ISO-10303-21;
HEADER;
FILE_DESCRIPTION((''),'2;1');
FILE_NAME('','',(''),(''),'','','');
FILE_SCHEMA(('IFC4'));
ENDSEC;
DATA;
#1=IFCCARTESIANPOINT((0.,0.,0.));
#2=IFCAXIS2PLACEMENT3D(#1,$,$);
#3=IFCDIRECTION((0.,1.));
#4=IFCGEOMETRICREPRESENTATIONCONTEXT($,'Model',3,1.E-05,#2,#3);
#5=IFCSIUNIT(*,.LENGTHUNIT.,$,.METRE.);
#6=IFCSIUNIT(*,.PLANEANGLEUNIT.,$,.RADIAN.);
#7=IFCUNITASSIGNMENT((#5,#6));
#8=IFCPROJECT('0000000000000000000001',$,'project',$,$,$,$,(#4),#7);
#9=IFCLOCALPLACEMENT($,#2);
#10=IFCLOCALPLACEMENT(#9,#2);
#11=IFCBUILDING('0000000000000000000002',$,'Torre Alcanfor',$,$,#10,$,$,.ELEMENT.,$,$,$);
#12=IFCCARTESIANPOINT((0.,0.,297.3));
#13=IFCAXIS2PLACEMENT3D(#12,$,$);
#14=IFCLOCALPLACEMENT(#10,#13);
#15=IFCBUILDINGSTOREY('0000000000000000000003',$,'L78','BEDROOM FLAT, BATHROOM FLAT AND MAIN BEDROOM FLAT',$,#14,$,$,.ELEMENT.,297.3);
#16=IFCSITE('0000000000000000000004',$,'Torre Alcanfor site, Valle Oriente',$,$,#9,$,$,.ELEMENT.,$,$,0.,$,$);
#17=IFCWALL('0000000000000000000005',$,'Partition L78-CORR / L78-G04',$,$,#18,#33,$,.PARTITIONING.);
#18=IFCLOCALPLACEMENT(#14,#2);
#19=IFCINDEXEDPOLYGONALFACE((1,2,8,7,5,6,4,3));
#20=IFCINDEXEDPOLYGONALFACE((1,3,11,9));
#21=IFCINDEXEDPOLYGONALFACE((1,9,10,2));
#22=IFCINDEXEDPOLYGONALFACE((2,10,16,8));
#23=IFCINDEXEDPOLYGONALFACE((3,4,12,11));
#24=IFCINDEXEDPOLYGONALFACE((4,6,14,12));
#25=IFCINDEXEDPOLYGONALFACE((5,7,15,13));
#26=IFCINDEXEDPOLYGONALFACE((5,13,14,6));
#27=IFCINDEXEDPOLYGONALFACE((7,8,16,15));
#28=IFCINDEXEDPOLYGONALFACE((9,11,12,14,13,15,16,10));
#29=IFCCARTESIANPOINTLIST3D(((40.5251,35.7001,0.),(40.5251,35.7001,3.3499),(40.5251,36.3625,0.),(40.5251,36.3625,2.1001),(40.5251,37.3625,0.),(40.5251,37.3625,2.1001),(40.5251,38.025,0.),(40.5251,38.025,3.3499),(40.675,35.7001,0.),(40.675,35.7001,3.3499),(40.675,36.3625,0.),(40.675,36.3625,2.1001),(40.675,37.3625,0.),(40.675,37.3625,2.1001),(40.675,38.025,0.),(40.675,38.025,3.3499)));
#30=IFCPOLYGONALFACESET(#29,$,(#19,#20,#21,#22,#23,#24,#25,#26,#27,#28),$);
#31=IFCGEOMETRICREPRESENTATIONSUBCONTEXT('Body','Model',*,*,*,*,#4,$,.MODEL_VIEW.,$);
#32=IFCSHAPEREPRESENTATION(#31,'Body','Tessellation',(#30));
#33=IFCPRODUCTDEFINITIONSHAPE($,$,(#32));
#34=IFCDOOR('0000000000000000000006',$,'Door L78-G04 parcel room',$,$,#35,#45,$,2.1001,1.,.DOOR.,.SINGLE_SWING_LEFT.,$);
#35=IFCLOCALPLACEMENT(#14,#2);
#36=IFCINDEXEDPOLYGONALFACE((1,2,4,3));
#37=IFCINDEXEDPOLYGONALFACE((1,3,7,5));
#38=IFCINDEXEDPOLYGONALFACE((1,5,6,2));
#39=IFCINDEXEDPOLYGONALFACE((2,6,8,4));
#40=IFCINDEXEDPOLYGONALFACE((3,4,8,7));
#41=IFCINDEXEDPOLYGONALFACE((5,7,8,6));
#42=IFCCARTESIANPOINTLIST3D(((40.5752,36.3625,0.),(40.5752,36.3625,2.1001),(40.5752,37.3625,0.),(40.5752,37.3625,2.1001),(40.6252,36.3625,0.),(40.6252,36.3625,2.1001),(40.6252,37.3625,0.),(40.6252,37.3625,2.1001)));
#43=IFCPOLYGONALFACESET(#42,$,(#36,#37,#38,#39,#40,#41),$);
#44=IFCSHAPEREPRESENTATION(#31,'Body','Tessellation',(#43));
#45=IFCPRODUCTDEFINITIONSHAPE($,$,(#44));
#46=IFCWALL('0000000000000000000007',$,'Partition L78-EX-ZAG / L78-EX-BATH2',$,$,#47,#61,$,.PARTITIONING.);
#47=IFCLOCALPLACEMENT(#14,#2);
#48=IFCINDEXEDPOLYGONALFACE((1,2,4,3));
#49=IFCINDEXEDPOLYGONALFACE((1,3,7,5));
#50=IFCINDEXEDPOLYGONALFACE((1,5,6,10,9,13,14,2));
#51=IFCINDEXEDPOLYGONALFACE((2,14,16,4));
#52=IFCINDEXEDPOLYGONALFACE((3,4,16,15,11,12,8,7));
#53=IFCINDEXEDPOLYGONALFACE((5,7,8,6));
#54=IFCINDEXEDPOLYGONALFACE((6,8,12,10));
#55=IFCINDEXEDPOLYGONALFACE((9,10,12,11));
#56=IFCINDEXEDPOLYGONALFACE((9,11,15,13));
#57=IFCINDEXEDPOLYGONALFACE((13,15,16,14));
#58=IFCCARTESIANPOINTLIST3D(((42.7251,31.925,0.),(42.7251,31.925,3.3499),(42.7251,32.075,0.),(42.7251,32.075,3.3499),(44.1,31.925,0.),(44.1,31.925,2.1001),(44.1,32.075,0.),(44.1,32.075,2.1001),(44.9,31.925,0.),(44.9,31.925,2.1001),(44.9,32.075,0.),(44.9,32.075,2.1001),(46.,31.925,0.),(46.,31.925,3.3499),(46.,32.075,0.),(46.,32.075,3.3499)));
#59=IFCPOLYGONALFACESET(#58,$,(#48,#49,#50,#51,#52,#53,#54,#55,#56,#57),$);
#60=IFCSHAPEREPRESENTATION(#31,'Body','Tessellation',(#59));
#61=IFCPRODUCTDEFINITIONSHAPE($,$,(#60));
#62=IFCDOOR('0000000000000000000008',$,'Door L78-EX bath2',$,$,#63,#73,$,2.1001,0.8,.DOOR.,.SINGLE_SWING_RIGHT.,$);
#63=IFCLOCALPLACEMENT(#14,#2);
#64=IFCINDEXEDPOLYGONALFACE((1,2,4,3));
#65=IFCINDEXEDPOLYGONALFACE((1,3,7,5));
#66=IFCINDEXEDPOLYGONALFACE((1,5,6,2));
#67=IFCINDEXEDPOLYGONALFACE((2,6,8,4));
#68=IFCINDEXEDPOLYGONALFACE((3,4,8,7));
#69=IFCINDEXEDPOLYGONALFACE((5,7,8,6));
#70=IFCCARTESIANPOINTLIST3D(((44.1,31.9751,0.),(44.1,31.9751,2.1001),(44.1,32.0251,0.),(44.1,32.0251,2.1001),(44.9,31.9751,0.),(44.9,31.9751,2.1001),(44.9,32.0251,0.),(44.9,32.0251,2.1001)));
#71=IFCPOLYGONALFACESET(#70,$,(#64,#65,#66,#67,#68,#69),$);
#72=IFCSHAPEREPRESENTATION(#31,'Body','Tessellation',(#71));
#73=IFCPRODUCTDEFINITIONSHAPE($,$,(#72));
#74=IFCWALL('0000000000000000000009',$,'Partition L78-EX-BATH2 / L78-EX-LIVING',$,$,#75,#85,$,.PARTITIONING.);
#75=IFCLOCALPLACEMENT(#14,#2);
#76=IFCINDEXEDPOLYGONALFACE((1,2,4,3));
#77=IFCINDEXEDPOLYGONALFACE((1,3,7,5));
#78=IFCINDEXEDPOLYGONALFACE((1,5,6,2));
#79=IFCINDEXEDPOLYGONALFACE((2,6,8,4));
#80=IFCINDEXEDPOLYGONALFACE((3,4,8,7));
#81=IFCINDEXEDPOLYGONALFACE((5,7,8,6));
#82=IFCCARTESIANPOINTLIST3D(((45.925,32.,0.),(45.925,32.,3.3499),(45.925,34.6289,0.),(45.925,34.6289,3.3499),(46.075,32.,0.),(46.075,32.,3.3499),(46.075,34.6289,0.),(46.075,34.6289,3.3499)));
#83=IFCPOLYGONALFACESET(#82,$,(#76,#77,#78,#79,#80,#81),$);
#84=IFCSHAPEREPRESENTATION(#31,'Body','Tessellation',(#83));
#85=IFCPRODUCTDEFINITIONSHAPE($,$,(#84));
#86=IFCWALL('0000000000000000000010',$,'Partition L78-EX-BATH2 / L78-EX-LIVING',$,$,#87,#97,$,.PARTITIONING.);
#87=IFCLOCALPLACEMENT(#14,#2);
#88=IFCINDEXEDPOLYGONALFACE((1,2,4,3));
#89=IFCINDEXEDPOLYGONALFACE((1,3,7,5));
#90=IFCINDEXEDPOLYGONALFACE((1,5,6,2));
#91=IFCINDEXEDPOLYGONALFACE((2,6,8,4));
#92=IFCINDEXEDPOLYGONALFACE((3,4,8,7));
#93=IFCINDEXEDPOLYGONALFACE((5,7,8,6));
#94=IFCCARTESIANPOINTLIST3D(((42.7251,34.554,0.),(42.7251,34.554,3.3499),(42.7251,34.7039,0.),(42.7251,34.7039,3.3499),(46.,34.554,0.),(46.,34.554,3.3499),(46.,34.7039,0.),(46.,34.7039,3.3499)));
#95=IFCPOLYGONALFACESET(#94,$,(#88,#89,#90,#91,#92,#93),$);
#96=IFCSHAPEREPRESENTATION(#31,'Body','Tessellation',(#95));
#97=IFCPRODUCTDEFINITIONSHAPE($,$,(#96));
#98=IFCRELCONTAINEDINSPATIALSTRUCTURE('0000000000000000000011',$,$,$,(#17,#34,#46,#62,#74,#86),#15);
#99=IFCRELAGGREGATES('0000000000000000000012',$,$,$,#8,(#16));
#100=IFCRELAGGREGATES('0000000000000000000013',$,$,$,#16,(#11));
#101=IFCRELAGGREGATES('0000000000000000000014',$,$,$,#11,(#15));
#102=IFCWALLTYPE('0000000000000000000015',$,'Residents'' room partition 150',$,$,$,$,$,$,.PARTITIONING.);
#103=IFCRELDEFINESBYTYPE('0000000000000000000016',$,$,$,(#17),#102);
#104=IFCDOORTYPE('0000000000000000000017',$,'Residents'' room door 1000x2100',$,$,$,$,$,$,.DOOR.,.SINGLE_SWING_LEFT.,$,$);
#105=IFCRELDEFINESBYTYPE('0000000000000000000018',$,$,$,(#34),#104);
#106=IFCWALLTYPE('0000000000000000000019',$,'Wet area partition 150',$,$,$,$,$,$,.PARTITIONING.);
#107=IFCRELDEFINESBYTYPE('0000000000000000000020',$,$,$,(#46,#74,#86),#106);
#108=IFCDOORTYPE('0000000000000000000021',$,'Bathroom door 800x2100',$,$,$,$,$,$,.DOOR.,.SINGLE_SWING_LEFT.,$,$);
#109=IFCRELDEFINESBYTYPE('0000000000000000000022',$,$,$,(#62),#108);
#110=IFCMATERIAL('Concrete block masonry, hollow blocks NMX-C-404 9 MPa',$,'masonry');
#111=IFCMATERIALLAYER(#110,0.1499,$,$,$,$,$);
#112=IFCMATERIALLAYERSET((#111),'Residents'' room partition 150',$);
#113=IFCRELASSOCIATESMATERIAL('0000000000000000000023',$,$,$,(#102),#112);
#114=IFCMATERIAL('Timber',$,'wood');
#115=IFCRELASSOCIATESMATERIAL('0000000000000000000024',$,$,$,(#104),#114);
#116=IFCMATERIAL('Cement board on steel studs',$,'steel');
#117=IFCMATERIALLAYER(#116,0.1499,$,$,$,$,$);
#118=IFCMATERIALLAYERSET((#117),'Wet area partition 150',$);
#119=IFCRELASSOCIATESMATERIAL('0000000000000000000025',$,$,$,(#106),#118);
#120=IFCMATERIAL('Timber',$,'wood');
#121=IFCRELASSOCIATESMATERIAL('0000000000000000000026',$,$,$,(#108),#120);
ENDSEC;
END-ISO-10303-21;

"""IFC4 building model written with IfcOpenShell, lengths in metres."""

from ifc_helpers import new_model, si_unit, direction, frame, frame_2d, origin, place, context, subcontext, project, spatial, rectangle, extrude, material, layer, layer_set, type_object, element, fill, save


model = new_model("IFC4")

# Units and contexts
model_context = context("Model", 3, precision=1e-05, world=origin(), true_north=direction((0.0, 1.0)))
body_context = subcontext(model_context, "Body", "Model", "MODEL_VIEW")
ifc_project = project(units=[si_unit("LENGTHUNIT", "METRE"), si_unit("PLANEANGLEUNIT", "RADIAN")], contexts=[model_context])

# Site, building, storey
site_placement = place(None, origin())
site = spatial("IfcSite", under=ifc_project, at=site_placement, Name="Torre Alcanfor site, Valle Oriente", CompositionType="ELEMENT", RefElevation=0.0)
building_placement = place(site_placement, origin())
building = spatial("IfcBuilding", under=site, at=building_placement, Name="Torre Alcanfor", CompositionType="ELEMENT")
storey_placement = place(building_placement, frame((0.0, 0.0, 297.3)))
storey = spatial("IfcBuildingStorey", under=building, at=storey_placement, Name="L78", Description="BEDROOM FLAT, BATHROOM FLAT AND MAIN BEDROOM FLAT", CompositionType="ELEMENT", Elevation=297.3)

# Walls, openings, doors
ifc_material_1 = material(Name="Concrete block masonry, hollow blocks NMX-C-404 9 MPa", Category="masonry")
ifc_layer_1 = layer(ifc_material_1, 0.1499)
ifc_layer_set_1 = layer_set([ifc_layer_1], Name="Residents' room partition 150")
wall_type_1 = type_object("IfcWallType", Name="Residents' room partition 150", PredefinedType="PARTITIONING", material=ifc_layer_set_1)
wall_1_placement = place(storey_placement, frame((40.6001, 35.7, 0.0), z_axis=(0.0, 0.0, 1.0), x_axis=(0.0, 1.0, 0.0)))
wall_1 = element("IfcWall", 1, at=wall_1_placement, inside=storey, type_object=wall_type_1, Name="Partition L78-CORR / L78-G04", PredefinedType="PARTITIONING", context=body_context, shape_type="SweptSolid", body=[
    extrude(rectangle(XDim=2.325, YDim=0.1499, at=frame_2d((1.1626, 0.0))), origin(), (0.0, 0.0, 1.0), 3.3499),
])
opening_1_placement = place(wall_1_placement, frame((0.6626, 0.0, 0.0)))
opening_1 = element("IfcOpeningElement", 2, at=opening_1_placement, cuts=wall_1, PredefinedType="OPENING", context=body_context, shape_type="SweptSolid", body=[
    extrude(rectangle(XDim=1.0, YDim=2.1001, at=frame_2d((0.5, 1.05))), frame((0.0, 0.085, 0.0), z_axis=(0.0, -1.0, 0.0), x_axis=(1.0, 0.0, 0.0)), (0.0, 0.0, 1.0), 0.1699),
])
ifc_material_2 = material(Name="Timber", Category="wood")
door_type_1 = type_object("IfcDoorType", Name="Residents' room door 1000x2100", OperationType="SINGLE_SWING_LEFT", PredefinedType="DOOR", material=ifc_material_2)
door_1_placement = place(opening_1_placement, origin())
door_1 = element("IfcDoor", 3, at=door_1_placement, inside=storey, type_object=door_type_1, Name="Door L78-G04 parcel room", OperationType="SINGLE_SWING_LEFT", OverallHeight=2.1001, OverallWidth=1.0, PredefinedType="DOOR", context=body_context, shape_type="SweptSolid", body=[
    extrude(rectangle(XDim=1.0, YDim=2.1001, at=frame_2d((0.5, 1.05))), frame((0.0, 0.0249, 0.0), z_axis=(0.0, -1.0, 0.0), x_axis=(1.0, 0.0, 0.0)), (0.0, 0.0, 1.0), 0.05),
])
fill(opening_1, door_1)
ifc_material_3 = material(Name="Cement board on steel studs", Category="steel")
ifc_layer_2 = layer(ifc_material_3, 0.1499)
ifc_layer_set_2 = layer_set([ifc_layer_2], Name="Wet area partition 150")
wall_type_2 = type_object("IfcWallType", Name="Wet area partition 150", PredefinedType="PARTITIONING", material=ifc_layer_set_2)
wall_2_placement = place(storey_placement, frame((46.0, 32.0, 0.0), z_axis=(0.0, 0.0, 1.0), x_axis=(-1.0, 0.0, 0.0)))
wall_2 = element("IfcWall", 4, at=wall_2_placement, inside=storey, type_object=wall_type_2, Name="Partition L78-EX-ZAG / L78-EX-BATH2", PredefinedType="PARTITIONING", context=body_context, shape_type="SweptSolid", body=[
    extrude(rectangle(XDim=3.2749, YDim=0.1499, at=frame_2d((1.6375, 0.0))), origin(), (0.0, 0.0, 1.0), 3.3499),
])
opening_2_placement = place(wall_2_placement, frame((1.1001, 0.0, 0.0)))
opening_2 = element("IfcOpeningElement", 5, at=opening_2_placement, cuts=wall_2, PredefinedType="OPENING", context=body_context, shape_type="SweptSolid", body=[
    extrude(rectangle(XDim=0.8, YDim=2.1001, at=frame_2d((0.3999, 1.05))), frame((0.0, 0.085, 0.0), z_axis=(0.0, -1.0, 0.0), x_axis=(1.0, 0.0, 0.0)), (0.0, 0.0, 1.0), 0.1699),
])
ifc_material_4 = material(Name="Timber", Category="wood")
door_type_2 = type_object("IfcDoorType", Name="Bathroom door 800x2100", OperationType="SINGLE_SWING_LEFT", PredefinedType="DOOR", material=ifc_material_4)
door_2_placement = place(opening_2_placement, frame((0.8, 0.0, 0.0), z_axis=(0.0, 0.0, 1.0), x_axis=(-1.0, 0.0, 0.0)))
door_2 = element("IfcDoor", 6, at=door_2_placement, inside=storey, type_object=door_type_2, Name="Door L78-EX bath2", OperationType="SINGLE_SWING_RIGHT", OverallHeight=2.1001, OverallWidth=0.8, PredefinedType="DOOR", context=body_context, shape_type="SweptSolid", body=[
    extrude(rectangle(XDim=0.8, YDim=2.1001, at=frame_2d((0.4001, 1.05))), frame((0.0, 0.0251, 0.0), z_axis=(0.0, -1.0, 0.0), x_axis=(1.0, 0.0, 0.0)), (0.0, 0.0, 1.0), 0.05),
])
fill(opening_2, door_2)

# Walls
wall_3_placement = place(storey_placement, frame((46.0, 32.0, 0.0), z_axis=(0.0, 0.0, 1.0), x_axis=(0.0, 1.0, 0.0)))
element("IfcWall", 7, at=wall_3_placement, inside=storey, type_object=wall_type_2, Name="Partition L78-EX-BATH2 / L78-EX-LIVING", PredefinedType="PARTITIONING", context=body_context, shape_type="SweptSolid", body=[
    extrude(rectangle(XDim=2.6289, YDim=0.1499, at=frame_2d((1.3145, 0.0))), origin(), (0.0, 0.0, 1.0), 3.3499),
])
wall_4_placement = place(storey_placement, frame((46.0, 34.6289, 0.0), z_axis=(0.0, 0.0, 1.0), x_axis=(-1.0, 0.0, 0.0)))
element("IfcWall", 8, at=wall_4_placement, inside=storey, type_object=wall_type_2, Name="Partition L78-EX-BATH2 / L78-EX-LIVING", PredefinedType="PARTITIONING", context=body_context, shape_type="SweptSolid", body=[
    extrude(rectangle(XDim=3.2749, YDim=0.1499, at=frame_2d((1.6375, 0.0))), origin(), (0.0, 0.0, 1.0), 3.3499),
])

save(model, "model.ifc")
